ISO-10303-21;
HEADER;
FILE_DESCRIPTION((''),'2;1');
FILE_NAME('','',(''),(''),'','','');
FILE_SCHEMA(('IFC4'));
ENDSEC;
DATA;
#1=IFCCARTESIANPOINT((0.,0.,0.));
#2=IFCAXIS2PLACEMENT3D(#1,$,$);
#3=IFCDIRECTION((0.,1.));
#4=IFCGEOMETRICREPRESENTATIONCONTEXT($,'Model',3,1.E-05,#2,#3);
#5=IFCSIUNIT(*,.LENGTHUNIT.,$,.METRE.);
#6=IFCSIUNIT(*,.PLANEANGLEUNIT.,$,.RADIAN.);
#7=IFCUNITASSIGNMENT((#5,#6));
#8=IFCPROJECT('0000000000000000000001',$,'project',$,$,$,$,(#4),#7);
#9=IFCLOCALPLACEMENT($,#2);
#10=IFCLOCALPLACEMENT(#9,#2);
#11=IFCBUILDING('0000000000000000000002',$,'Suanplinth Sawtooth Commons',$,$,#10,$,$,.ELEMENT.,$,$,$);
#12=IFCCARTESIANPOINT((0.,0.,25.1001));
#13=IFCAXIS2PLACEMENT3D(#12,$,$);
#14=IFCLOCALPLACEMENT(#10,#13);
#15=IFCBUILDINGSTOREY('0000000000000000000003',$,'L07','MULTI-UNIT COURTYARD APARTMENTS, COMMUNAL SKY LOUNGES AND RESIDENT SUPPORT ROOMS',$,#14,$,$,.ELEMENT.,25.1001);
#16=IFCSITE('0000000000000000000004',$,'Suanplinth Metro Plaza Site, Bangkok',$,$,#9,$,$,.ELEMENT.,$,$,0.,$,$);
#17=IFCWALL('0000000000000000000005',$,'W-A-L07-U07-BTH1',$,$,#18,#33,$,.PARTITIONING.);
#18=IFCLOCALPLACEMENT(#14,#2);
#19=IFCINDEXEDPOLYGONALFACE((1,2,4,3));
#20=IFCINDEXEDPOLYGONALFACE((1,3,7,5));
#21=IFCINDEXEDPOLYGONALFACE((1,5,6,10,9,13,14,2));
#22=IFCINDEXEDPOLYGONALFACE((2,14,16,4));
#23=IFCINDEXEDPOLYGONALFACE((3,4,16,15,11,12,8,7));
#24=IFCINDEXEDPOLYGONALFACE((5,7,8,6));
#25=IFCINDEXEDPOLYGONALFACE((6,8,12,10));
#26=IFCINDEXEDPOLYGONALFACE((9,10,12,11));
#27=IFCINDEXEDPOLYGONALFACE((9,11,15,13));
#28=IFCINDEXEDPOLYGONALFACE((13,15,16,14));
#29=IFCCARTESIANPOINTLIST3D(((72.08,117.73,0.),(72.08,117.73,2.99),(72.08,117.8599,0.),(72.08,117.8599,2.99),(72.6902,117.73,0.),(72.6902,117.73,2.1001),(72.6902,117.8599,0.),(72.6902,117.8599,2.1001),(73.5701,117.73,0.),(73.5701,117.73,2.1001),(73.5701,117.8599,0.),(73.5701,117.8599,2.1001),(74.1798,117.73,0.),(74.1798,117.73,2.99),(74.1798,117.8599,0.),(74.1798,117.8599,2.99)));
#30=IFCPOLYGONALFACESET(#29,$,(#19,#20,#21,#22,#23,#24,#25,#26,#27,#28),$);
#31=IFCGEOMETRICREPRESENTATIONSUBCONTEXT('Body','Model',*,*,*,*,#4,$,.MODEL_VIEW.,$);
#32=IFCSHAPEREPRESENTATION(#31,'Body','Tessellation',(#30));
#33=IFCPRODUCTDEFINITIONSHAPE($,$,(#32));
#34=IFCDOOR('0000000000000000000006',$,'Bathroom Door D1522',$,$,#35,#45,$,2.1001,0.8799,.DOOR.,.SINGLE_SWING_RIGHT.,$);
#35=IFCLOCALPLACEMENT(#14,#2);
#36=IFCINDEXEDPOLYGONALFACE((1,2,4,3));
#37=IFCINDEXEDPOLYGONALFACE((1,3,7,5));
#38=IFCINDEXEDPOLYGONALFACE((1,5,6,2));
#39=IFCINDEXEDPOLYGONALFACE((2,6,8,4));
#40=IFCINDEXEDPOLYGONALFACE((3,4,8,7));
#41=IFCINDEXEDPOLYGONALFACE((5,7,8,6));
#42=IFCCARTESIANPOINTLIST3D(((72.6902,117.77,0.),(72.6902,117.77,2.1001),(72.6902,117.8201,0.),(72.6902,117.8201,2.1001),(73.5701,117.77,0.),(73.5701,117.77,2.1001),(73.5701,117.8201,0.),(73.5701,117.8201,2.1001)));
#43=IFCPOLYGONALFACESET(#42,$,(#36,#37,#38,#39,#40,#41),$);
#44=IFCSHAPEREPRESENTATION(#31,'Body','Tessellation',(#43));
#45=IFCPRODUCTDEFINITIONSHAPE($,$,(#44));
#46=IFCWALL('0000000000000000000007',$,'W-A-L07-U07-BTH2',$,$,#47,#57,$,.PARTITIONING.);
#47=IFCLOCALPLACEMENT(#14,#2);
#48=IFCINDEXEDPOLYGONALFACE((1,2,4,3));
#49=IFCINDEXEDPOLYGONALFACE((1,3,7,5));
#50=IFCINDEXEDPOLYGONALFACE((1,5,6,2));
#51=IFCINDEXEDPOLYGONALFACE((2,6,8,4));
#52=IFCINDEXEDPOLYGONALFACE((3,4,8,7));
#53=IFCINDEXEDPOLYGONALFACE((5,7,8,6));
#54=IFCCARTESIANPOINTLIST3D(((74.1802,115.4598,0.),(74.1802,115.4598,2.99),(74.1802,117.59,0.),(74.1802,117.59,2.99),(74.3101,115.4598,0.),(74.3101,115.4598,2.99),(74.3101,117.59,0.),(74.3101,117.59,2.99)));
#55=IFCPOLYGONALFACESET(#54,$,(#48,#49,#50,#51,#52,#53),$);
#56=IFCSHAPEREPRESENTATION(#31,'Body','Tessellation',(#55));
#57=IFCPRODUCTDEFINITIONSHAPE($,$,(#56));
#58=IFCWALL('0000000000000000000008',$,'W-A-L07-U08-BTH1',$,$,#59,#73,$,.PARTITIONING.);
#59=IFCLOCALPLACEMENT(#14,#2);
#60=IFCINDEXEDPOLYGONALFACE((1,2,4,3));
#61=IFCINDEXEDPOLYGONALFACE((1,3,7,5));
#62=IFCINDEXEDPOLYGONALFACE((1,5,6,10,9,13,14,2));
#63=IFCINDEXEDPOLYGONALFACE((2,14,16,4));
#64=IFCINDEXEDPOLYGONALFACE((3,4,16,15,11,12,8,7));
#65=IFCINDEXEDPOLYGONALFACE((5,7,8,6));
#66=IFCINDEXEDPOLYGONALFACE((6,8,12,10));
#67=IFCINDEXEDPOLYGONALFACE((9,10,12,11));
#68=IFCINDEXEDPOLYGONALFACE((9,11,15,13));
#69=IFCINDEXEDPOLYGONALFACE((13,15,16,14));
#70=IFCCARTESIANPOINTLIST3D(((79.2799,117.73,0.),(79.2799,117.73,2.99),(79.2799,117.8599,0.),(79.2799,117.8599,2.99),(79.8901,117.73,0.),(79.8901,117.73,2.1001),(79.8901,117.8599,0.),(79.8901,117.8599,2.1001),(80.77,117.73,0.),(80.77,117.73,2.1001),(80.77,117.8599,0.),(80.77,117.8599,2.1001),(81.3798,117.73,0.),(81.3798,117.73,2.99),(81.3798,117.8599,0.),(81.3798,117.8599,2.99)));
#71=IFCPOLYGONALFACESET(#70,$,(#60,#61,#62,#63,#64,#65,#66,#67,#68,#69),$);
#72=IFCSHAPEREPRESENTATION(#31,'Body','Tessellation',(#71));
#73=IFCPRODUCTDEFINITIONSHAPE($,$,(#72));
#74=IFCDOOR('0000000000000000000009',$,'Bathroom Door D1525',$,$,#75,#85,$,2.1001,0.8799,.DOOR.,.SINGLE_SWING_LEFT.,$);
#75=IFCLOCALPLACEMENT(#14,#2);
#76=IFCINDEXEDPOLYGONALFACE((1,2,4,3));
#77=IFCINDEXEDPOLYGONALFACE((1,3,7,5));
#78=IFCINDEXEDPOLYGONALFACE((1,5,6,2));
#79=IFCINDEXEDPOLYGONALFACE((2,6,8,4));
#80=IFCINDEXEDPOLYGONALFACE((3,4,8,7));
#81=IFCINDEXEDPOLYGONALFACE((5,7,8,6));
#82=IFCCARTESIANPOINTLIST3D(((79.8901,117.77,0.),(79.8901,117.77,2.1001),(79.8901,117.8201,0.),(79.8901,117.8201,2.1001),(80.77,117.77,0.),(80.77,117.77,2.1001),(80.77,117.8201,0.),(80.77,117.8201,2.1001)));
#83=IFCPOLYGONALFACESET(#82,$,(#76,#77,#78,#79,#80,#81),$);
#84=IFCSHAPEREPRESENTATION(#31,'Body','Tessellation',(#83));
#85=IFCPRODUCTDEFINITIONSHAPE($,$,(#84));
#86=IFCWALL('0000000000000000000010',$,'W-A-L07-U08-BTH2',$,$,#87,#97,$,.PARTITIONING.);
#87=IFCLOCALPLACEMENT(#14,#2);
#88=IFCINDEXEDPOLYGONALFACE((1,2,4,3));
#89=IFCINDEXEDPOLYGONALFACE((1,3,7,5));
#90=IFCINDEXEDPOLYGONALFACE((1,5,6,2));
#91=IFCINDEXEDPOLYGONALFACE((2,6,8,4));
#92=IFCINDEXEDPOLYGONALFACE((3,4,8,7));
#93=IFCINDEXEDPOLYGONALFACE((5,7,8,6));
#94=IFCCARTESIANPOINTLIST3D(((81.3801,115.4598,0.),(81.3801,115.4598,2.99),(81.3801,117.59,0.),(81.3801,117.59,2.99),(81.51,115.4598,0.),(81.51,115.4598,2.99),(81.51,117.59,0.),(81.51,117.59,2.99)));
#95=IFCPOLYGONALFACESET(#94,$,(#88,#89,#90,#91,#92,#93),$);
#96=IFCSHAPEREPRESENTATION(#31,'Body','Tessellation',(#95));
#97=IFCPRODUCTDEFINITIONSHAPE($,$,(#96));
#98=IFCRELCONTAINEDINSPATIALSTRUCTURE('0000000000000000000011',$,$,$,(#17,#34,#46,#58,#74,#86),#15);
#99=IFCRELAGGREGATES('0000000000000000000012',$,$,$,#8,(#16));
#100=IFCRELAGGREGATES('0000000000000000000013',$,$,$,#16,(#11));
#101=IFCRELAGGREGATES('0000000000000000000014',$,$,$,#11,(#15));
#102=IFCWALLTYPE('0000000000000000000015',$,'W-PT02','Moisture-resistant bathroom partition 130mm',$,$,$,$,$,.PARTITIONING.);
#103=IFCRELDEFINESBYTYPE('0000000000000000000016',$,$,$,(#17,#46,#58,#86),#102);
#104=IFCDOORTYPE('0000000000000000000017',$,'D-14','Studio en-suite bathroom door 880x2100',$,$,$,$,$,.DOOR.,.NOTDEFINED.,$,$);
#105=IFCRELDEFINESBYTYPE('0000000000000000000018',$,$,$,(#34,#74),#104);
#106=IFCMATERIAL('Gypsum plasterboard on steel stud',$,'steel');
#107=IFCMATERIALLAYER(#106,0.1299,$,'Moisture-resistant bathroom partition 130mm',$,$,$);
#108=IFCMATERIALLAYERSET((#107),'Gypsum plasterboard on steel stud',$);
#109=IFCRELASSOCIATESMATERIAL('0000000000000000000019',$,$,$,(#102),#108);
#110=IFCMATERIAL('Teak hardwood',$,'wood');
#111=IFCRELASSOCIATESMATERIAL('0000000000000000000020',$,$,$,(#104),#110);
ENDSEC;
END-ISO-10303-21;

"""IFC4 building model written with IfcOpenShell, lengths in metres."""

from ifc_helpers import new_model, si_unit, direction, frame, frame_2d, origin, place, context, subcontext, project, spatial, rectangle, extrude, material, layer, layer_set, type_object, element, fill, save


model = new_model("IFC4")

# Units and contexts
model_context = context("Model", 3, precision=1e-05, world=origin(), true_north=direction((0.0, 1.0)))
body_context = subcontext(model_context, "Body", "Model", "MODEL_VIEW")
ifc_project = project(units=[si_unit("LENGTHUNIT", "METRE"), si_unit("PLANEANGLEUNIT", "RADIAN")], contexts=[model_context])

# Site, building, storey
site_placement = place(None, origin())
site = spatial("IfcSite", under=ifc_project, at=site_placement, Name="Suanplinth Metro Plaza Site, Bangkok", CompositionType="ELEMENT", RefElevation=0.0)
building_placement = place(site_placement, origin())
building = spatial("IfcBuilding", under=site, at=building_placement, Name="Suanplinth Sawtooth Commons", CompositionType="ELEMENT")
storey_placement = place(building_placement, frame((0.0, 0.0, 25.1001)))
storey = spatial("IfcBuildingStorey", under=building, at=storey_placement, Name="L07", Description="MULTI-UNIT COURTYARD APARTMENTS, COMMUNAL SKY LOUNGES AND RESIDENT SUPPORT ROOMS", CompositionType="ELEMENT", Elevation=25.1001)

# Wall, opening, door
ifc_material_1 = material(Name="Gypsum plasterboard on steel stud", Category="steel")
ifc_material_2 = material(Name="Teak hardwood", Category="wood")
ifc_layer_1 = layer(ifc_material_1, 0.1299, Name="Moisture-resistant bathroom partition 130mm")
ifc_layer_set_1 = layer_set([ifc_layer_1], Name="Gypsum plasterboard on steel stud")
wall_type_1 = type_object("IfcWallType", Name="W-PT02", Description="Moisture-resistant bathroom partition 130mm", PredefinedType="PARTITIONING", material=ifc_layer_set_1)
wall_1_placement = place(storey_placement, frame((72.0801, 117.7949, 0.0), z_axis=(0.0, 0.0, 1.0), x_axis=(1.0, 0.0, 0.0)))
wall_1 = element("IfcWall", 1, at=wall_1_placement, inside=storey, type_object=wall_type_1, Name="W-A-L07-U07-BTH1", PredefinedType="PARTITIONING", context=body_context, shape_type="SweptSolid", body=[
    extrude(rectangle(XDim=2.0999, YDim=0.1299, at=frame_2d((1.0498, 0.0))), origin(), (0.0, 0.0, 1.0), 2.99),
])
opening_1_placement = place(wall_1_placement, frame((0.6101, 0.0, 0.0)))
opening_1 = element("IfcOpeningElement", 2, at=opening_1_placement, cuts=wall_1, PredefinedType="OPENING", context=body_context, shape_type="SweptSolid", body=[
    extrude(rectangle(XDim=0.8799, YDim=2.1001, at=frame_2d((0.4399, 1.05))), frame((0.0, 0.0798, 0.0), z_axis=(0.0, -1.0, 0.0), x_axis=(1.0, 0.0, 0.0)), (0.0, 0.0, 1.0), 0.1597),
])
door_type_1 = type_object("IfcDoorType", Name="D-14", Description="Studio en-suite bathroom door 880x2100", OperationType="NOTDEFINED", PredefinedType="DOOR", material=ifc_material_2)
door_1_placement = place(opening_1_placement, frame((0.8799, 0.0, 0.0), z_axis=(0.0, 0.0, 1.0), x_axis=(-1.0, 0.0, 0.0)))
door_1 = element("IfcDoor", 3, at=door_1_placement, inside=storey, type_object=door_type_1, Name="Bathroom Door D1522", OperationType="SINGLE_SWING_RIGHT", OverallHeight=2.1001, OverallWidth=0.8799, PredefinedType="DOOR", context=body_context, shape_type="SweptSolid", body=[
    extrude(rectangle(XDim=0.8799, YDim=2.1001, at=frame_2d((0.4399, 1.05))), frame((0.0, 0.0249, 0.0), z_axis=(0.0, -1.0, 0.0), x_axis=(1.0, 0.0, 0.0)), (0.0, 0.0, 1.0), 0.05),
])
fill(opening_1, door_1)

# Wall
wall_2_placement = place(storey_placement, frame((74.2451, 115.46, 0.0), z_axis=(0.0, 0.0, 1.0), x_axis=(0.0, 1.0, 0.0)))
element("IfcWall", 4, at=wall_2_placement, inside=storey, type_object=wall_type_1, Name="W-A-L07-U07-BTH2", PredefinedType="PARTITIONING", context=body_context, shape_type="SweptSolid", body=[
    extrude(rectangle(XDim=2.1301, YDim=0.1299, at=frame_2d((1.0649, 0.0))), origin(), (0.0, 0.0, 1.0), 2.99),
])

# Wall, opening, door
wall_3_placement = place(storey_placement, frame((79.28, 117.7949, 0.0), z_axis=(0.0, 0.0, 1.0), x_axis=(1.0, 0.0, 0.0)))
wall_3 = element("IfcWall", 5, at=wall_3_placement, inside=storey, type_object=wall_type_1, Name="W-A-L07-U08-BTH1", PredefinedType="PARTITIONING", context=body_context, shape_type="SweptSolid", body=[
    extrude(rectangle(XDim=2.0999, YDim=0.1299, at=frame_2d((1.0498, 0.0))), origin(), (0.0, 0.0, 1.0), 2.99),
])
opening_2_placement = place(wall_3_placement, frame((0.6101, 0.0, 0.0)))
opening_2 = element("IfcOpeningElement", 6, at=opening_2_placement, cuts=wall_3, PredefinedType="OPENING", context=body_context, shape_type="SweptSolid", body=[
    extrude(rectangle(XDim=0.8799, YDim=2.1001, at=frame_2d((0.4399, 1.05))), frame((0.0, 0.0798, 0.0), z_axis=(0.0, -1.0, 0.0), x_axis=(1.0, 0.0, 0.0)), (0.0, 0.0, 1.0), 0.1597),
])
door_2_placement = place(opening_2_placement, frame((0.8799, 0.0, 0.0), z_axis=(0.0, 0.0, 1.0), x_axis=(-1.0, 0.0, 0.0)))
door_2 = element("IfcDoor", 7, at=door_2_placement, inside=storey, type_object=door_type_1, Name="Bathroom Door D1525", OperationType="SINGLE_SWING_LEFT", OverallHeight=2.1001, OverallWidth=0.8799, PredefinedType="DOOR", context=body_context, shape_type="SweptSolid", body=[
    extrude(rectangle(XDim=0.8799, YDim=2.1001, at=frame_2d((0.4399, 1.05))), frame((0.0, 0.0249, 0.0), z_axis=(0.0, -1.0, 0.0), x_axis=(1.0, 0.0, 0.0)), (0.0, 0.0, 1.0), 0.05),
])
fill(opening_2, door_2)

# Wall
wall_4_placement = place(storey_placement, frame((81.4451, 115.46, 0.0), z_axis=(0.0, 0.0, 1.0), x_axis=(0.0, 1.0, 0.0)))
element("IfcWall", 8, at=wall_4_placement, inside=storey, type_object=wall_type_1, Name="W-A-L07-U08-BTH2", PredefinedType="PARTITIONING", context=body_context, shape_type="SweptSolid", body=[
    extrude(rectangle(XDim=2.1301, YDim=0.1299, at=frame_2d((1.0649, 0.0))), origin(), (0.0, 0.0, 1.0), 2.99),
])

save(model, "model.ifc")
